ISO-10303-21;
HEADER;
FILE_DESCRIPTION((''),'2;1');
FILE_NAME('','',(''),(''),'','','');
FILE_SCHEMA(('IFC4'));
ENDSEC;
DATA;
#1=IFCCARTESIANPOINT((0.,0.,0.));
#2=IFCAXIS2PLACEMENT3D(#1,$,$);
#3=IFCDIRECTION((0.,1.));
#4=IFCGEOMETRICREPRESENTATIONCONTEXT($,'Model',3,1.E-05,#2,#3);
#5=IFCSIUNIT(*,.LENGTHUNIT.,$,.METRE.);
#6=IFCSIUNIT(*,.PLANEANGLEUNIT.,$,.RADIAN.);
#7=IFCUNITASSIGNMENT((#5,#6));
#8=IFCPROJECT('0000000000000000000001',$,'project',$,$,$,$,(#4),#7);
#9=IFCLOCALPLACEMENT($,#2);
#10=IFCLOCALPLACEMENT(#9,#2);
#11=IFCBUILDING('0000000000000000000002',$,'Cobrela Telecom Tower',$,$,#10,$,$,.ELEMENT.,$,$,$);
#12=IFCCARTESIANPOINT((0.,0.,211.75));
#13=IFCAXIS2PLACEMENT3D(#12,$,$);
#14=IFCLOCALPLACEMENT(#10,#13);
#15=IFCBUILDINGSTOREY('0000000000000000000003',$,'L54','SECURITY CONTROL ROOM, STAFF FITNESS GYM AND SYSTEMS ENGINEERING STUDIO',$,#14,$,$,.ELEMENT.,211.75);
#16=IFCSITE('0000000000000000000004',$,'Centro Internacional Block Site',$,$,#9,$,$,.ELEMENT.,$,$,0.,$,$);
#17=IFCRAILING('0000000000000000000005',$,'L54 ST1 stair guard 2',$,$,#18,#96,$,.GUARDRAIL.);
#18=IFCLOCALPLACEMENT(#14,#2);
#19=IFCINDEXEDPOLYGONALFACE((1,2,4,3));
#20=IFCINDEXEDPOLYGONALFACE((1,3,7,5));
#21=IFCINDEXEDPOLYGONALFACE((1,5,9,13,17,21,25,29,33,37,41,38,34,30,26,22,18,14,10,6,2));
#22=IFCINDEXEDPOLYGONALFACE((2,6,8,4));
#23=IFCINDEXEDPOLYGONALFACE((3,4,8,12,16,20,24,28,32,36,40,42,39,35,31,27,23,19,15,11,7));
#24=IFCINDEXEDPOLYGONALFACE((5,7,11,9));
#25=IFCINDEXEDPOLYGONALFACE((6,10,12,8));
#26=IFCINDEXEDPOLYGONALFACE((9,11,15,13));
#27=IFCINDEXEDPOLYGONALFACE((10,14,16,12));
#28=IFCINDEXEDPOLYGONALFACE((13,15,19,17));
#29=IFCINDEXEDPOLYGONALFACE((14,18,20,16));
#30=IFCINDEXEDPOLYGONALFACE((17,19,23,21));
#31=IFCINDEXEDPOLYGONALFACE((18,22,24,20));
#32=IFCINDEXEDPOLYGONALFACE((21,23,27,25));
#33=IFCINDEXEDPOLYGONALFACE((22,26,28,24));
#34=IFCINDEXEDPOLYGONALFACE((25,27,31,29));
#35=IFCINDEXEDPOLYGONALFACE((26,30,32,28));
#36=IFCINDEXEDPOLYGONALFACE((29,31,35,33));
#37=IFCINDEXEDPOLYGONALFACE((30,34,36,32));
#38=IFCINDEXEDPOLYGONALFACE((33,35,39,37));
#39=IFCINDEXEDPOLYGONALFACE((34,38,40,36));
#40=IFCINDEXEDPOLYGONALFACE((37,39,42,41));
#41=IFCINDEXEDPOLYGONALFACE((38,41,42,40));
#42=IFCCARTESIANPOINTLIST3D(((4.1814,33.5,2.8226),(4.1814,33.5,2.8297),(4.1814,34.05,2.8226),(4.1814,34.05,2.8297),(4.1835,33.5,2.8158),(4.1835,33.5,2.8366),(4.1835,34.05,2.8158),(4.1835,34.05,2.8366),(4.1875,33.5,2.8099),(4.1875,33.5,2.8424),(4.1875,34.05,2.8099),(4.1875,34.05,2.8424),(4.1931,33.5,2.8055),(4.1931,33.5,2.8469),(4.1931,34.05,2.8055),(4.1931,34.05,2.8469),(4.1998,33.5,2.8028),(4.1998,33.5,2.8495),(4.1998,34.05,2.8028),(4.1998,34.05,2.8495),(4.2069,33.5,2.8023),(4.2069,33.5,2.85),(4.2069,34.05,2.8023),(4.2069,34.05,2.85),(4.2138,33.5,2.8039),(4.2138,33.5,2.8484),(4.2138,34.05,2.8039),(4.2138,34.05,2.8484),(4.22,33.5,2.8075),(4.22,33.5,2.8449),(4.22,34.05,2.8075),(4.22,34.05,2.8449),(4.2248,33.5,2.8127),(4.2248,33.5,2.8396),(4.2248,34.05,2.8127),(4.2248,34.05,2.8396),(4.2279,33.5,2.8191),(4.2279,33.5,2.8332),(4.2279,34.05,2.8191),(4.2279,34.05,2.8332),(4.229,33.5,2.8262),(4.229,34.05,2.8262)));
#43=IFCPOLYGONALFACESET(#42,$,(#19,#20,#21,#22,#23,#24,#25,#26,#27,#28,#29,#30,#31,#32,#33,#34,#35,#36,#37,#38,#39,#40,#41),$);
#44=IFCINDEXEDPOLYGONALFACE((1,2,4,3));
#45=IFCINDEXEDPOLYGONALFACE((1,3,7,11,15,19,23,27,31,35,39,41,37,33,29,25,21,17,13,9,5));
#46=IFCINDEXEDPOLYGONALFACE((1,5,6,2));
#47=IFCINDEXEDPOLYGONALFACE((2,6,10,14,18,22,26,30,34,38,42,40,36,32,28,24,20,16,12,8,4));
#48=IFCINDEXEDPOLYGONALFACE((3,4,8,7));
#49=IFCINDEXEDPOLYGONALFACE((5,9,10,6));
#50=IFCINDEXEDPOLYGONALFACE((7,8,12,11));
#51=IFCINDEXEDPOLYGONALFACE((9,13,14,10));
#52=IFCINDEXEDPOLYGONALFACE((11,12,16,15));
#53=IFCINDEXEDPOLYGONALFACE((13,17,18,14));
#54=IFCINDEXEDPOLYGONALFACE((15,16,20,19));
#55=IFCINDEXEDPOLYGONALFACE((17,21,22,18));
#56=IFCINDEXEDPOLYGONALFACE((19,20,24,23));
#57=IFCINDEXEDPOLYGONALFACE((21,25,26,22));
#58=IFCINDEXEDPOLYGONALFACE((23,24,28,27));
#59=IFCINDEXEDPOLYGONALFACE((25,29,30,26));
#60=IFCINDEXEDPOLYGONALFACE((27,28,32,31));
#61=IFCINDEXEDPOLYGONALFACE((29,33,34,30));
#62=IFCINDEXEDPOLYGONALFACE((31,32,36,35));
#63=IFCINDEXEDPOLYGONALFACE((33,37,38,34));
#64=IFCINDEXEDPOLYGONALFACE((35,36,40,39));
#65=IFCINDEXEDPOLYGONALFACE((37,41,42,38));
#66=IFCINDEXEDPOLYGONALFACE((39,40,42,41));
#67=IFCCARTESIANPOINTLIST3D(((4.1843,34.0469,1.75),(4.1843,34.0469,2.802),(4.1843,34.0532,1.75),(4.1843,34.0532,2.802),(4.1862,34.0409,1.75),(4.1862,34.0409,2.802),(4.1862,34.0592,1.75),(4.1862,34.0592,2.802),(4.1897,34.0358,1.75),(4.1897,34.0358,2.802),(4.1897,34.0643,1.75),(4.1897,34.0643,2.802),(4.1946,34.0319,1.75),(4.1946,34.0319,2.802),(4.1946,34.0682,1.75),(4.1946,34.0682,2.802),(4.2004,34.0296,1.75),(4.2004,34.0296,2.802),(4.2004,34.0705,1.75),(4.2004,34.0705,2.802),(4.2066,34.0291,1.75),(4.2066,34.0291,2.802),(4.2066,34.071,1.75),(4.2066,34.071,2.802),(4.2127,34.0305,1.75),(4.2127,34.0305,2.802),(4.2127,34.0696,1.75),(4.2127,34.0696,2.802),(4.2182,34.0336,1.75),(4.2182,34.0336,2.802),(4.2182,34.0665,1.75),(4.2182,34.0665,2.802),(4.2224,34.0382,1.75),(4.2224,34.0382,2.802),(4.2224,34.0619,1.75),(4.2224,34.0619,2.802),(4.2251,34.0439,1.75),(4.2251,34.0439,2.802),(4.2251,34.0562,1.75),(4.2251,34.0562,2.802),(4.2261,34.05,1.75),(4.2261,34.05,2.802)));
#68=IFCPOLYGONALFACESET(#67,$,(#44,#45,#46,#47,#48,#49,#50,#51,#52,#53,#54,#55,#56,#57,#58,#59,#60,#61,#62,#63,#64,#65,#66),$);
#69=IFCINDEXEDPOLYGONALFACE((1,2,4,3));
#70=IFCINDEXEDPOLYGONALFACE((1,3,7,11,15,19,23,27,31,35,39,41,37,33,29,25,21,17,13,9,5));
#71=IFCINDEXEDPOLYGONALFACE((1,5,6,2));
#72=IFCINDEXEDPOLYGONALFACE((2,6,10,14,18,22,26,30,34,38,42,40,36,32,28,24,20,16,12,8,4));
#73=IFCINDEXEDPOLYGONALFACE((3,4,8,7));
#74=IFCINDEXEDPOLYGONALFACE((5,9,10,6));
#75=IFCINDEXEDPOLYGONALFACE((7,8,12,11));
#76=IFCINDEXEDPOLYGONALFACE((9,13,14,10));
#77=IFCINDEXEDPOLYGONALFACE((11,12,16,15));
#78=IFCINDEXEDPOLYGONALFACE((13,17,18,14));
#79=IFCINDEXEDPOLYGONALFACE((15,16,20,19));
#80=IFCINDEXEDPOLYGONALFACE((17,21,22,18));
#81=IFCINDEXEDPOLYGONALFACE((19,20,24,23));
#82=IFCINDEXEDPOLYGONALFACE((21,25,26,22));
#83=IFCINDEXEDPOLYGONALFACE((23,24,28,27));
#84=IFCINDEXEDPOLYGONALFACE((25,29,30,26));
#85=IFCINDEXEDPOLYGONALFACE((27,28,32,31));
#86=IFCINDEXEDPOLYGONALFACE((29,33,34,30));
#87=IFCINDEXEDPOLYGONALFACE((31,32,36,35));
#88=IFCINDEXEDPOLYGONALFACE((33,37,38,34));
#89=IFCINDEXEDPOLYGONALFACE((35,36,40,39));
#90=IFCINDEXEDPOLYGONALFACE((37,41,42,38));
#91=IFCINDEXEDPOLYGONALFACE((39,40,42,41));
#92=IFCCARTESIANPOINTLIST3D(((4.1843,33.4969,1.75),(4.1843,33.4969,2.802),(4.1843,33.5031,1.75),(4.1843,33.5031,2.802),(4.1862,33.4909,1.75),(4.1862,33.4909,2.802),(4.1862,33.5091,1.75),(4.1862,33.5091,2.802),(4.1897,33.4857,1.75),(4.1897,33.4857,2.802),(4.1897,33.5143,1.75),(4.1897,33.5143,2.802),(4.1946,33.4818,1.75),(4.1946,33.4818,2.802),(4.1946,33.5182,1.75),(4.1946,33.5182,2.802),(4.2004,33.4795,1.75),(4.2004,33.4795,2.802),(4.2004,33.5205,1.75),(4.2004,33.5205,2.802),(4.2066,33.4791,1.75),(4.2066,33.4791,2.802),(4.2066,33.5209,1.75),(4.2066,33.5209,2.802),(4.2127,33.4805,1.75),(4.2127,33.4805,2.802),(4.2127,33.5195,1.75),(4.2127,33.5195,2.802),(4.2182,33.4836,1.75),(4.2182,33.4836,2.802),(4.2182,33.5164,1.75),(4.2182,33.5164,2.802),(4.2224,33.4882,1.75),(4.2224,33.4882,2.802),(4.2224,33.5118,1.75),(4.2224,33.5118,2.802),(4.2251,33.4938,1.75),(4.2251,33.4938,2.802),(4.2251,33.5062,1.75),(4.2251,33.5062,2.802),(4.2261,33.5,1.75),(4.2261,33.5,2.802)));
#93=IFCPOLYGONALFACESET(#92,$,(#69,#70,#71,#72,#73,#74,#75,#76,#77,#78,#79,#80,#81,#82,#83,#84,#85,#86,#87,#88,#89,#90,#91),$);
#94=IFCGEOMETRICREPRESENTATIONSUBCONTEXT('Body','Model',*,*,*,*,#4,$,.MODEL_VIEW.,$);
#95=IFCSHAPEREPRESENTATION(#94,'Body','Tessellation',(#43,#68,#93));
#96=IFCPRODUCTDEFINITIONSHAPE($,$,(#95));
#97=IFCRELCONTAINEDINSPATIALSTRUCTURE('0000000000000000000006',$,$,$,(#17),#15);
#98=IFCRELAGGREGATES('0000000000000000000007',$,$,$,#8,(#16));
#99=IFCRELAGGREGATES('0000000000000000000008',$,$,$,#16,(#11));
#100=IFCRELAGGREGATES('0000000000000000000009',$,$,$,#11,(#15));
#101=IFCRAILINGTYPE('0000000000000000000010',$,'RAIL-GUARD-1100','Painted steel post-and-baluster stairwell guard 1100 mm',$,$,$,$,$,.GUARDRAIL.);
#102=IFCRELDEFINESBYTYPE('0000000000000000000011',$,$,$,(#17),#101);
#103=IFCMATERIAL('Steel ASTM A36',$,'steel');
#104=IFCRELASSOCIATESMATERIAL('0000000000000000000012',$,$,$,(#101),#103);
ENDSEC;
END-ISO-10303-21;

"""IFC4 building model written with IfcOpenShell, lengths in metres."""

from ifc_helpers import new_model, si_unit, direction, frame, origin, origin_2d, place, context, subcontext, project, spatial, circle, extrude, material, type_object, element, save


model = new_model("IFC4")

# Units and contexts
model_context = context("Model", 3, precision=1e-05, world=origin(), true_north=direction((0.0, 1.0)))
body_context = subcontext(model_context, "Body", "Model", "MODEL_VIEW")
ifc_project = project(units=[si_unit("LENGTHUNIT", "METRE"), si_unit("PLANEANGLEUNIT", "RADIAN")], contexts=[model_context])

# Site, building, storey
site_placement = place(None, origin())
site = spatial("IfcSite", under=ifc_project, at=site_placement, Name="Centro Internacional Block Site", CompositionType="ELEMENT", RefElevation=0.0)
building_placement = place(site_placement, origin())
building = spatial("IfcBuilding", under=site, at=building_placement, Name="Cobrela Telecom Tower", CompositionType="ELEMENT")
storey_placement = place(building_placement, frame((0.0, 0.0, 211.75)))
storey = spatial("IfcBuildingStorey", under=building, at=storey_placement, Name="L54", Description="SECURITY CONTROL ROOM, STAFF FITNESS GYM AND SYSTEMS ENGINEERING STUDIO", CompositionType="ELEMENT", Elevation=211.75)

# Shared definitions
ifc_material_1 = material(Name="Steel ASTM A36", Category="steel")

# Railing
railing_type_1 = type_object("IfcRailingType", Name="RAIL-GUARD-1100", Description="Painted steel post-and-baluster stairwell guard 1100 mm", PredefinedType="GUARDRAIL", material=ifc_material_1)
railing_1_placement = place(storey_placement, frame((4.2051, 34.05, 1.75)))
element("IfcRailing", 1, at=railing_1_placement, inside=storey, type_object=railing_type_1, Name="L54 ST1 stair guard 2", PredefinedType="GUARDRAIL", context=body_context, shape_type="SweptSolid", body=[
    extrude(circle(Radius=0.0239, at=origin_2d()), frame((0.0, 0.0, 1.0762), z_axis=(0.0, -1.0, 0.0), x_axis=(1.0, 0.0, 0.0)), (0.0, 0.0, 1.0), 0.55),
    extrude(circle(Radius=0.021, at=origin_2d()), origin(), (0.0, 0.0, 1.0), 1.052),
    extrude(circle(Radius=0.021, at=origin_2d()), frame((0.0, -0.55, 0.0)), (0.0, 0.0, 1.0), 1.052),
])

save(model, "model.ifc")
